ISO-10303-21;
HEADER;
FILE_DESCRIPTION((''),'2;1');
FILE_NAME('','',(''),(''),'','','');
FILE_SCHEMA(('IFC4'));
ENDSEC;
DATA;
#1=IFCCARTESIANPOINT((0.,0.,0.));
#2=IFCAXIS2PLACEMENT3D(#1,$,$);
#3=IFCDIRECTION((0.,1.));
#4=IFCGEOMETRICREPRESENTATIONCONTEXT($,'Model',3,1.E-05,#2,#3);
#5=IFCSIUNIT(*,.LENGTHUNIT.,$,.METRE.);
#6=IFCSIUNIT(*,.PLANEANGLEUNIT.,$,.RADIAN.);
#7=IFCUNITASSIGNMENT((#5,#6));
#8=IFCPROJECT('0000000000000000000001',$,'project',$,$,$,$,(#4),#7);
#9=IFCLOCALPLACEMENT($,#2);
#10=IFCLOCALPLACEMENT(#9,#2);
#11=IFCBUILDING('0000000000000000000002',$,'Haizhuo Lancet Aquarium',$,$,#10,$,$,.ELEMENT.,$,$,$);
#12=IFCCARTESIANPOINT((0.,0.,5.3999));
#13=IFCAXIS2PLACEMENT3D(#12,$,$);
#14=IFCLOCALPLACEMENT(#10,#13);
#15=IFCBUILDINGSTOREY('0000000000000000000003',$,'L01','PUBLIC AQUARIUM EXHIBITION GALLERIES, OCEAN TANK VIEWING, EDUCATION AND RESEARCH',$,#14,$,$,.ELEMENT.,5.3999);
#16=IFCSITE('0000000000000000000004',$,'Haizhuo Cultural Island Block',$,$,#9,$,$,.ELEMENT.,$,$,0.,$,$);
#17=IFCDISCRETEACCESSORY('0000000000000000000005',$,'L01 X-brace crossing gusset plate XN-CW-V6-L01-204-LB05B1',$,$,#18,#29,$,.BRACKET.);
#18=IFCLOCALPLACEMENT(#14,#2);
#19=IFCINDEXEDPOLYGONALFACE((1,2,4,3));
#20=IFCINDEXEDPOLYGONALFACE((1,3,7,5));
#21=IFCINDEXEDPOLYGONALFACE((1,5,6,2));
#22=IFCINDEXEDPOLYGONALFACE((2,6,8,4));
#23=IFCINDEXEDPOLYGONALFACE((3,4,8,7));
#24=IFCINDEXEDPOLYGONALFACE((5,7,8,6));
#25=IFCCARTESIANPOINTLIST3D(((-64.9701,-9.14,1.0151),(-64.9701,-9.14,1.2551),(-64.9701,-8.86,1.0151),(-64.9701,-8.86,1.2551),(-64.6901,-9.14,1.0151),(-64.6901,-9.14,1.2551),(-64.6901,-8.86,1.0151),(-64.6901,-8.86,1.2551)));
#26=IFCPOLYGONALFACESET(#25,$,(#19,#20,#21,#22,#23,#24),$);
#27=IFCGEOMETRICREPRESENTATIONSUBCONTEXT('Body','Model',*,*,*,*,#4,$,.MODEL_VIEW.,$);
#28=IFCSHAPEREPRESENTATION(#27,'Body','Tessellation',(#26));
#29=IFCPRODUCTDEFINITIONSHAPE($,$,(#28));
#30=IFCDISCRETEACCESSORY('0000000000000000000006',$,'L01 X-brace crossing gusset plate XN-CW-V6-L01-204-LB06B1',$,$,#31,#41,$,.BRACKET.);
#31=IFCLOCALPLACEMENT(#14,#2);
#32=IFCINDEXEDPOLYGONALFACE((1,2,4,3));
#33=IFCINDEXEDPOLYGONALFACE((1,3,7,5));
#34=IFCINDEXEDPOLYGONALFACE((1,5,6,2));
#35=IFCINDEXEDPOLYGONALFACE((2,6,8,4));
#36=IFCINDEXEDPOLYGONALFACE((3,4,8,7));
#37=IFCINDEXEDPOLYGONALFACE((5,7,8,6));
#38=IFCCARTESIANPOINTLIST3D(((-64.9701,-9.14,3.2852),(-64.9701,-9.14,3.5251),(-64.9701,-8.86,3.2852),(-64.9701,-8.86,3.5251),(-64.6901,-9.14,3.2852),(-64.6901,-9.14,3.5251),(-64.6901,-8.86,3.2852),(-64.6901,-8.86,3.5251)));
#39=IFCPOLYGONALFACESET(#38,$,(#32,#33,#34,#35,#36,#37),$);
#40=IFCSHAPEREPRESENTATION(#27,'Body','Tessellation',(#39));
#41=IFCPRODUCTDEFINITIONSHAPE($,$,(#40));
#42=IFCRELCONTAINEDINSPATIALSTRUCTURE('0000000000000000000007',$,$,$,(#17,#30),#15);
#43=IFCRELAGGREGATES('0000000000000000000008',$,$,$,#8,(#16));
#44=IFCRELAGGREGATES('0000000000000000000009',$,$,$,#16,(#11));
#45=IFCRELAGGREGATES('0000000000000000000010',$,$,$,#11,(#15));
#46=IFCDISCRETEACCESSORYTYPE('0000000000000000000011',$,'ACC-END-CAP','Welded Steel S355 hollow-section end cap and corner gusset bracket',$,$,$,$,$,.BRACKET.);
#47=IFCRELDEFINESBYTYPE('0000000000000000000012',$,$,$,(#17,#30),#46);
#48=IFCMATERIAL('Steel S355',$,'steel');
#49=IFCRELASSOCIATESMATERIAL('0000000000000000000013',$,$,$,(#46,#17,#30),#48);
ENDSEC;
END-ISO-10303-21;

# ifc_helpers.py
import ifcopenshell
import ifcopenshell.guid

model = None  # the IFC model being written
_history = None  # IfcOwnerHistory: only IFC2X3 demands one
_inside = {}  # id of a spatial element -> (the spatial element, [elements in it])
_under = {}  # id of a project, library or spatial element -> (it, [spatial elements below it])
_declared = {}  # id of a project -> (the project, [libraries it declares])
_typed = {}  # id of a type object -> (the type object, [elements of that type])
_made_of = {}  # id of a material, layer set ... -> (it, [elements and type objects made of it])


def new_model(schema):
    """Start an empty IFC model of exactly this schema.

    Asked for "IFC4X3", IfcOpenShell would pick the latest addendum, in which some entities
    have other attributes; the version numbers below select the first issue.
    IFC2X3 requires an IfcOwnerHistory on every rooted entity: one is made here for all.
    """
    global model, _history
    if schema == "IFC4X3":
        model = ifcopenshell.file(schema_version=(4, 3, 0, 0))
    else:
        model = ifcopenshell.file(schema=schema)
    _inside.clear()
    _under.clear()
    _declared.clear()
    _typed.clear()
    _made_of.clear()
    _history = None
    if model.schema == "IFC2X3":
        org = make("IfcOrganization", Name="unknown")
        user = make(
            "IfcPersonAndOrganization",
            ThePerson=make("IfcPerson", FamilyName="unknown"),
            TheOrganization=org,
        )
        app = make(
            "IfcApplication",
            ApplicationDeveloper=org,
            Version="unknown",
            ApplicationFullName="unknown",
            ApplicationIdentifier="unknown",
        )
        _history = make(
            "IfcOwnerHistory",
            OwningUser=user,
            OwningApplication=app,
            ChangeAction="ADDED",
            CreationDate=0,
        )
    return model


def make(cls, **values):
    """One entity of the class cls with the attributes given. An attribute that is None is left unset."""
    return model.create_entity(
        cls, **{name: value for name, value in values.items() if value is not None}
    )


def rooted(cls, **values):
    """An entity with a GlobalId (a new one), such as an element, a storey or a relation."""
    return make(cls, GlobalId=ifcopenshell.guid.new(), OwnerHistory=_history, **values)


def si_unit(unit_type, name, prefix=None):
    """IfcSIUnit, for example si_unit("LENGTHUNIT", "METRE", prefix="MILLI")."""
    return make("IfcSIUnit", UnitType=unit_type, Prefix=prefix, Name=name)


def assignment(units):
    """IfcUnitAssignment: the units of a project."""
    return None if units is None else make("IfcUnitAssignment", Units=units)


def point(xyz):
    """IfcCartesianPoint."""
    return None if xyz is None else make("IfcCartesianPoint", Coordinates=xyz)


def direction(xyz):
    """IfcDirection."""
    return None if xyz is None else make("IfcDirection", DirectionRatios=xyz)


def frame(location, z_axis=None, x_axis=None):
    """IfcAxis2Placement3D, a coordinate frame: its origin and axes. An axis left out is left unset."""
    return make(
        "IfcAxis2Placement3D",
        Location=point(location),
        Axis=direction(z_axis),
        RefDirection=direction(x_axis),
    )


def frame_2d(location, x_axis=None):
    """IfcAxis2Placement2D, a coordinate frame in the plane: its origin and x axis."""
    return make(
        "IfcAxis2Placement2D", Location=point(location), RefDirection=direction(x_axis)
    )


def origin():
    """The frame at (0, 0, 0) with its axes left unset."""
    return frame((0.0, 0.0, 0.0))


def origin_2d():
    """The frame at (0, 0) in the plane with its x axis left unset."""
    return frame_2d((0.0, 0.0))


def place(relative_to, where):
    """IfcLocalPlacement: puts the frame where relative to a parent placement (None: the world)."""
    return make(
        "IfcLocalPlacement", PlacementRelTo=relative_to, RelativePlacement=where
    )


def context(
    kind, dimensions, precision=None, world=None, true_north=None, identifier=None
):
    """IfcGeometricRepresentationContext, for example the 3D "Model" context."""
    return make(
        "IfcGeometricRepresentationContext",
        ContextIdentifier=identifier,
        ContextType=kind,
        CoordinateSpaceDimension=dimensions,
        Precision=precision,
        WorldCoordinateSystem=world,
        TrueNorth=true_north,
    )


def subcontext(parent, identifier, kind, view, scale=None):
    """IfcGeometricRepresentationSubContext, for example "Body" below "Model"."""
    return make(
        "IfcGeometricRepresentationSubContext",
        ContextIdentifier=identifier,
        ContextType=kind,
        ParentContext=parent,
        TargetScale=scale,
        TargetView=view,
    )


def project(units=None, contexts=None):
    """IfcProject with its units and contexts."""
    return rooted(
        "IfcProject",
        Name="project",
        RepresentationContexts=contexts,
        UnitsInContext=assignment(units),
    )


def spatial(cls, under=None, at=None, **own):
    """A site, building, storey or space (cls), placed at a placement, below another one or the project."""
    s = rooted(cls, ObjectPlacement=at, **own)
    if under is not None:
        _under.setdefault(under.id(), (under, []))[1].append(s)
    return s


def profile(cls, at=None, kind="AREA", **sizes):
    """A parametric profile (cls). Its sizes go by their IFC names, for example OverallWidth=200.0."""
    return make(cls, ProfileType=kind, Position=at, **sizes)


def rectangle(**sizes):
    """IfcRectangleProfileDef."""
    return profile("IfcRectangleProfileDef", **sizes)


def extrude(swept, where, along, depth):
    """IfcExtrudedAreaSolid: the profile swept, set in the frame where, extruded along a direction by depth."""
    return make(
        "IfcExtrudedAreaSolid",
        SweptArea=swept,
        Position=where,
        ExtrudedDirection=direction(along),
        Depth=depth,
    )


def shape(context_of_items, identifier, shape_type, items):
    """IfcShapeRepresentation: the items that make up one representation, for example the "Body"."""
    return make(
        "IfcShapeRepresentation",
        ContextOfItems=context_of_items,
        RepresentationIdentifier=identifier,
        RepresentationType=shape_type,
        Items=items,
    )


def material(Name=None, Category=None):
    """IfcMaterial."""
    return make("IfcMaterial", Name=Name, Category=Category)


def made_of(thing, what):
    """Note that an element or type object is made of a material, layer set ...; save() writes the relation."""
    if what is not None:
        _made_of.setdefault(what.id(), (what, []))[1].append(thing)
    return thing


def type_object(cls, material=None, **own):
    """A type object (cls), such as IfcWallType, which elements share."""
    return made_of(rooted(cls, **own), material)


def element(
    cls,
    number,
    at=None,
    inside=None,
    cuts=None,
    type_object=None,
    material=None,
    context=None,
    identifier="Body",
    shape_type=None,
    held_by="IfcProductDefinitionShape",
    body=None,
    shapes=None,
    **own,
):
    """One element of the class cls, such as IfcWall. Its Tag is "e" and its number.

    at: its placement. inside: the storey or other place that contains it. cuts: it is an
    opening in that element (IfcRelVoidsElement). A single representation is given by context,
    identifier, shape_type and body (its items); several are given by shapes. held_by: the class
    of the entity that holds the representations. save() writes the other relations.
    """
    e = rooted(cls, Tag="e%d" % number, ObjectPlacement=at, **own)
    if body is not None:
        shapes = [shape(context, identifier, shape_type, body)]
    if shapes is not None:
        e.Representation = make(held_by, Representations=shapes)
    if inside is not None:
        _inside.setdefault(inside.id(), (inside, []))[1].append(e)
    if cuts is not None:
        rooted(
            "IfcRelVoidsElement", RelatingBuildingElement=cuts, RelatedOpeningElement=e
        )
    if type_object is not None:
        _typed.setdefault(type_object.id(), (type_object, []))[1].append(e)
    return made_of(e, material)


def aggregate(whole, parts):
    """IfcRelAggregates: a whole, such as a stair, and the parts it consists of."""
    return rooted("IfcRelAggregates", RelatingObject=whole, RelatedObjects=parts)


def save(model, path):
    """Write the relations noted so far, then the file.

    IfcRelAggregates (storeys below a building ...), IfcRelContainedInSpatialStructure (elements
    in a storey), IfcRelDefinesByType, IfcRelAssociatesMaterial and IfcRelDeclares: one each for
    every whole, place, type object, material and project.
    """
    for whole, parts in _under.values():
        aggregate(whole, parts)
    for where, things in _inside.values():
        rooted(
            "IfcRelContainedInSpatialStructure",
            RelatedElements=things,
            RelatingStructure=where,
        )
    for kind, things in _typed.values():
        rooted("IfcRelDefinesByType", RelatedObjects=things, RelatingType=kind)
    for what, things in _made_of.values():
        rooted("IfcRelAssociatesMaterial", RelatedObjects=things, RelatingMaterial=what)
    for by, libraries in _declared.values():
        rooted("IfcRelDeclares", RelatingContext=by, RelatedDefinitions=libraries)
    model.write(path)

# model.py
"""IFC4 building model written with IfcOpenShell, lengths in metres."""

from ifc_helpers import new_model, si_unit, direction, frame, origin, origin_2d, place, context, subcontext, project, spatial, rectangle, extrude, material, type_object, element, save


model = new_model("IFC4")

# Units and contexts
model_context = context("Model", 3, precision=1e-05, world=origin(), true_north=direction((0.0, 1.0)))
body_context = subcontext(model_context, "Body", "Model", "MODEL_VIEW")
ifc_project = project(units=[si_unit("LENGTHUNIT", "METRE"), si_unit("PLANEANGLEUNIT", "RADIAN")], contexts=[model_context])

# Site, building, storey
site_placement = place(None, origin())
site = spatial("IfcSite", under=ifc_project, at=site_placement, Name="Haizhuo Cultural Island Block", CompositionType="ELEMENT", RefElevation=0.0)
building_placement = place(site_placement, origin())
building = spatial("IfcBuilding", under=site, at=building_placement, Name="Haizhuo Lancet Aquarium", CompositionType="ELEMENT")
storey_placement = place(building_placement, frame((0.0, 0.0, 5.3999)))
storey = spatial("IfcBuildingStorey", under=building, at=storey_placement, Name="L01", Description="PUBLIC AQUARIUM EXHIBITION GALLERIES, OCEAN TANK VIEWING, EDUCATION AND RESEARCH", CompositionType="ELEMENT", Elevation=5.3999)

# Shared definitions
ifc_material_1 = material(Name="Steel S355", Category="steel")

# Discrete accessories
discrete_accessory_type = type_object("IfcDiscreteAccessoryType", Name="ACC-END-CAP", Description="Welded Steel S355 hollow-section end cap and corner gusset bracket", PredefinedType="BRACKET", material=ifc_material_1)
for number, where, z_axis, x_axis, name in (
    (1, (-64.8301, -9.0, 1.0151), (0.0, 0.0, 1.0), (1.0, 0.0, 0.0), "L01 X-brace crossing gusset plate XN-CW-V6-L01-204-LB05B1"),
    (2, (-64.8301, -9.0, 3.2852), (0.0, 0.0, 1.0), (1.0, 0.0, 0.0), "L01 X-brace crossing gusset plate XN-CW-V6-L01-204-LB06B1"),
):
    element("IfcDiscreteAccessory", number, at=place(storey_placement, frame(where, z_axis=z_axis, x_axis=x_axis)), inside=storey, type_object=discrete_accessory_type, material=ifc_material_1, Name=name, PredefinedType="BRACKET", context=body_context, shape_type="SweptSolid", body=[
        extrude(rectangle(XDim=0.28, YDim=0.28, at=origin_2d()), origin(), (0.0, 0.0, 1.0), 0.24),
    ])

save(model, "model.ifc")
